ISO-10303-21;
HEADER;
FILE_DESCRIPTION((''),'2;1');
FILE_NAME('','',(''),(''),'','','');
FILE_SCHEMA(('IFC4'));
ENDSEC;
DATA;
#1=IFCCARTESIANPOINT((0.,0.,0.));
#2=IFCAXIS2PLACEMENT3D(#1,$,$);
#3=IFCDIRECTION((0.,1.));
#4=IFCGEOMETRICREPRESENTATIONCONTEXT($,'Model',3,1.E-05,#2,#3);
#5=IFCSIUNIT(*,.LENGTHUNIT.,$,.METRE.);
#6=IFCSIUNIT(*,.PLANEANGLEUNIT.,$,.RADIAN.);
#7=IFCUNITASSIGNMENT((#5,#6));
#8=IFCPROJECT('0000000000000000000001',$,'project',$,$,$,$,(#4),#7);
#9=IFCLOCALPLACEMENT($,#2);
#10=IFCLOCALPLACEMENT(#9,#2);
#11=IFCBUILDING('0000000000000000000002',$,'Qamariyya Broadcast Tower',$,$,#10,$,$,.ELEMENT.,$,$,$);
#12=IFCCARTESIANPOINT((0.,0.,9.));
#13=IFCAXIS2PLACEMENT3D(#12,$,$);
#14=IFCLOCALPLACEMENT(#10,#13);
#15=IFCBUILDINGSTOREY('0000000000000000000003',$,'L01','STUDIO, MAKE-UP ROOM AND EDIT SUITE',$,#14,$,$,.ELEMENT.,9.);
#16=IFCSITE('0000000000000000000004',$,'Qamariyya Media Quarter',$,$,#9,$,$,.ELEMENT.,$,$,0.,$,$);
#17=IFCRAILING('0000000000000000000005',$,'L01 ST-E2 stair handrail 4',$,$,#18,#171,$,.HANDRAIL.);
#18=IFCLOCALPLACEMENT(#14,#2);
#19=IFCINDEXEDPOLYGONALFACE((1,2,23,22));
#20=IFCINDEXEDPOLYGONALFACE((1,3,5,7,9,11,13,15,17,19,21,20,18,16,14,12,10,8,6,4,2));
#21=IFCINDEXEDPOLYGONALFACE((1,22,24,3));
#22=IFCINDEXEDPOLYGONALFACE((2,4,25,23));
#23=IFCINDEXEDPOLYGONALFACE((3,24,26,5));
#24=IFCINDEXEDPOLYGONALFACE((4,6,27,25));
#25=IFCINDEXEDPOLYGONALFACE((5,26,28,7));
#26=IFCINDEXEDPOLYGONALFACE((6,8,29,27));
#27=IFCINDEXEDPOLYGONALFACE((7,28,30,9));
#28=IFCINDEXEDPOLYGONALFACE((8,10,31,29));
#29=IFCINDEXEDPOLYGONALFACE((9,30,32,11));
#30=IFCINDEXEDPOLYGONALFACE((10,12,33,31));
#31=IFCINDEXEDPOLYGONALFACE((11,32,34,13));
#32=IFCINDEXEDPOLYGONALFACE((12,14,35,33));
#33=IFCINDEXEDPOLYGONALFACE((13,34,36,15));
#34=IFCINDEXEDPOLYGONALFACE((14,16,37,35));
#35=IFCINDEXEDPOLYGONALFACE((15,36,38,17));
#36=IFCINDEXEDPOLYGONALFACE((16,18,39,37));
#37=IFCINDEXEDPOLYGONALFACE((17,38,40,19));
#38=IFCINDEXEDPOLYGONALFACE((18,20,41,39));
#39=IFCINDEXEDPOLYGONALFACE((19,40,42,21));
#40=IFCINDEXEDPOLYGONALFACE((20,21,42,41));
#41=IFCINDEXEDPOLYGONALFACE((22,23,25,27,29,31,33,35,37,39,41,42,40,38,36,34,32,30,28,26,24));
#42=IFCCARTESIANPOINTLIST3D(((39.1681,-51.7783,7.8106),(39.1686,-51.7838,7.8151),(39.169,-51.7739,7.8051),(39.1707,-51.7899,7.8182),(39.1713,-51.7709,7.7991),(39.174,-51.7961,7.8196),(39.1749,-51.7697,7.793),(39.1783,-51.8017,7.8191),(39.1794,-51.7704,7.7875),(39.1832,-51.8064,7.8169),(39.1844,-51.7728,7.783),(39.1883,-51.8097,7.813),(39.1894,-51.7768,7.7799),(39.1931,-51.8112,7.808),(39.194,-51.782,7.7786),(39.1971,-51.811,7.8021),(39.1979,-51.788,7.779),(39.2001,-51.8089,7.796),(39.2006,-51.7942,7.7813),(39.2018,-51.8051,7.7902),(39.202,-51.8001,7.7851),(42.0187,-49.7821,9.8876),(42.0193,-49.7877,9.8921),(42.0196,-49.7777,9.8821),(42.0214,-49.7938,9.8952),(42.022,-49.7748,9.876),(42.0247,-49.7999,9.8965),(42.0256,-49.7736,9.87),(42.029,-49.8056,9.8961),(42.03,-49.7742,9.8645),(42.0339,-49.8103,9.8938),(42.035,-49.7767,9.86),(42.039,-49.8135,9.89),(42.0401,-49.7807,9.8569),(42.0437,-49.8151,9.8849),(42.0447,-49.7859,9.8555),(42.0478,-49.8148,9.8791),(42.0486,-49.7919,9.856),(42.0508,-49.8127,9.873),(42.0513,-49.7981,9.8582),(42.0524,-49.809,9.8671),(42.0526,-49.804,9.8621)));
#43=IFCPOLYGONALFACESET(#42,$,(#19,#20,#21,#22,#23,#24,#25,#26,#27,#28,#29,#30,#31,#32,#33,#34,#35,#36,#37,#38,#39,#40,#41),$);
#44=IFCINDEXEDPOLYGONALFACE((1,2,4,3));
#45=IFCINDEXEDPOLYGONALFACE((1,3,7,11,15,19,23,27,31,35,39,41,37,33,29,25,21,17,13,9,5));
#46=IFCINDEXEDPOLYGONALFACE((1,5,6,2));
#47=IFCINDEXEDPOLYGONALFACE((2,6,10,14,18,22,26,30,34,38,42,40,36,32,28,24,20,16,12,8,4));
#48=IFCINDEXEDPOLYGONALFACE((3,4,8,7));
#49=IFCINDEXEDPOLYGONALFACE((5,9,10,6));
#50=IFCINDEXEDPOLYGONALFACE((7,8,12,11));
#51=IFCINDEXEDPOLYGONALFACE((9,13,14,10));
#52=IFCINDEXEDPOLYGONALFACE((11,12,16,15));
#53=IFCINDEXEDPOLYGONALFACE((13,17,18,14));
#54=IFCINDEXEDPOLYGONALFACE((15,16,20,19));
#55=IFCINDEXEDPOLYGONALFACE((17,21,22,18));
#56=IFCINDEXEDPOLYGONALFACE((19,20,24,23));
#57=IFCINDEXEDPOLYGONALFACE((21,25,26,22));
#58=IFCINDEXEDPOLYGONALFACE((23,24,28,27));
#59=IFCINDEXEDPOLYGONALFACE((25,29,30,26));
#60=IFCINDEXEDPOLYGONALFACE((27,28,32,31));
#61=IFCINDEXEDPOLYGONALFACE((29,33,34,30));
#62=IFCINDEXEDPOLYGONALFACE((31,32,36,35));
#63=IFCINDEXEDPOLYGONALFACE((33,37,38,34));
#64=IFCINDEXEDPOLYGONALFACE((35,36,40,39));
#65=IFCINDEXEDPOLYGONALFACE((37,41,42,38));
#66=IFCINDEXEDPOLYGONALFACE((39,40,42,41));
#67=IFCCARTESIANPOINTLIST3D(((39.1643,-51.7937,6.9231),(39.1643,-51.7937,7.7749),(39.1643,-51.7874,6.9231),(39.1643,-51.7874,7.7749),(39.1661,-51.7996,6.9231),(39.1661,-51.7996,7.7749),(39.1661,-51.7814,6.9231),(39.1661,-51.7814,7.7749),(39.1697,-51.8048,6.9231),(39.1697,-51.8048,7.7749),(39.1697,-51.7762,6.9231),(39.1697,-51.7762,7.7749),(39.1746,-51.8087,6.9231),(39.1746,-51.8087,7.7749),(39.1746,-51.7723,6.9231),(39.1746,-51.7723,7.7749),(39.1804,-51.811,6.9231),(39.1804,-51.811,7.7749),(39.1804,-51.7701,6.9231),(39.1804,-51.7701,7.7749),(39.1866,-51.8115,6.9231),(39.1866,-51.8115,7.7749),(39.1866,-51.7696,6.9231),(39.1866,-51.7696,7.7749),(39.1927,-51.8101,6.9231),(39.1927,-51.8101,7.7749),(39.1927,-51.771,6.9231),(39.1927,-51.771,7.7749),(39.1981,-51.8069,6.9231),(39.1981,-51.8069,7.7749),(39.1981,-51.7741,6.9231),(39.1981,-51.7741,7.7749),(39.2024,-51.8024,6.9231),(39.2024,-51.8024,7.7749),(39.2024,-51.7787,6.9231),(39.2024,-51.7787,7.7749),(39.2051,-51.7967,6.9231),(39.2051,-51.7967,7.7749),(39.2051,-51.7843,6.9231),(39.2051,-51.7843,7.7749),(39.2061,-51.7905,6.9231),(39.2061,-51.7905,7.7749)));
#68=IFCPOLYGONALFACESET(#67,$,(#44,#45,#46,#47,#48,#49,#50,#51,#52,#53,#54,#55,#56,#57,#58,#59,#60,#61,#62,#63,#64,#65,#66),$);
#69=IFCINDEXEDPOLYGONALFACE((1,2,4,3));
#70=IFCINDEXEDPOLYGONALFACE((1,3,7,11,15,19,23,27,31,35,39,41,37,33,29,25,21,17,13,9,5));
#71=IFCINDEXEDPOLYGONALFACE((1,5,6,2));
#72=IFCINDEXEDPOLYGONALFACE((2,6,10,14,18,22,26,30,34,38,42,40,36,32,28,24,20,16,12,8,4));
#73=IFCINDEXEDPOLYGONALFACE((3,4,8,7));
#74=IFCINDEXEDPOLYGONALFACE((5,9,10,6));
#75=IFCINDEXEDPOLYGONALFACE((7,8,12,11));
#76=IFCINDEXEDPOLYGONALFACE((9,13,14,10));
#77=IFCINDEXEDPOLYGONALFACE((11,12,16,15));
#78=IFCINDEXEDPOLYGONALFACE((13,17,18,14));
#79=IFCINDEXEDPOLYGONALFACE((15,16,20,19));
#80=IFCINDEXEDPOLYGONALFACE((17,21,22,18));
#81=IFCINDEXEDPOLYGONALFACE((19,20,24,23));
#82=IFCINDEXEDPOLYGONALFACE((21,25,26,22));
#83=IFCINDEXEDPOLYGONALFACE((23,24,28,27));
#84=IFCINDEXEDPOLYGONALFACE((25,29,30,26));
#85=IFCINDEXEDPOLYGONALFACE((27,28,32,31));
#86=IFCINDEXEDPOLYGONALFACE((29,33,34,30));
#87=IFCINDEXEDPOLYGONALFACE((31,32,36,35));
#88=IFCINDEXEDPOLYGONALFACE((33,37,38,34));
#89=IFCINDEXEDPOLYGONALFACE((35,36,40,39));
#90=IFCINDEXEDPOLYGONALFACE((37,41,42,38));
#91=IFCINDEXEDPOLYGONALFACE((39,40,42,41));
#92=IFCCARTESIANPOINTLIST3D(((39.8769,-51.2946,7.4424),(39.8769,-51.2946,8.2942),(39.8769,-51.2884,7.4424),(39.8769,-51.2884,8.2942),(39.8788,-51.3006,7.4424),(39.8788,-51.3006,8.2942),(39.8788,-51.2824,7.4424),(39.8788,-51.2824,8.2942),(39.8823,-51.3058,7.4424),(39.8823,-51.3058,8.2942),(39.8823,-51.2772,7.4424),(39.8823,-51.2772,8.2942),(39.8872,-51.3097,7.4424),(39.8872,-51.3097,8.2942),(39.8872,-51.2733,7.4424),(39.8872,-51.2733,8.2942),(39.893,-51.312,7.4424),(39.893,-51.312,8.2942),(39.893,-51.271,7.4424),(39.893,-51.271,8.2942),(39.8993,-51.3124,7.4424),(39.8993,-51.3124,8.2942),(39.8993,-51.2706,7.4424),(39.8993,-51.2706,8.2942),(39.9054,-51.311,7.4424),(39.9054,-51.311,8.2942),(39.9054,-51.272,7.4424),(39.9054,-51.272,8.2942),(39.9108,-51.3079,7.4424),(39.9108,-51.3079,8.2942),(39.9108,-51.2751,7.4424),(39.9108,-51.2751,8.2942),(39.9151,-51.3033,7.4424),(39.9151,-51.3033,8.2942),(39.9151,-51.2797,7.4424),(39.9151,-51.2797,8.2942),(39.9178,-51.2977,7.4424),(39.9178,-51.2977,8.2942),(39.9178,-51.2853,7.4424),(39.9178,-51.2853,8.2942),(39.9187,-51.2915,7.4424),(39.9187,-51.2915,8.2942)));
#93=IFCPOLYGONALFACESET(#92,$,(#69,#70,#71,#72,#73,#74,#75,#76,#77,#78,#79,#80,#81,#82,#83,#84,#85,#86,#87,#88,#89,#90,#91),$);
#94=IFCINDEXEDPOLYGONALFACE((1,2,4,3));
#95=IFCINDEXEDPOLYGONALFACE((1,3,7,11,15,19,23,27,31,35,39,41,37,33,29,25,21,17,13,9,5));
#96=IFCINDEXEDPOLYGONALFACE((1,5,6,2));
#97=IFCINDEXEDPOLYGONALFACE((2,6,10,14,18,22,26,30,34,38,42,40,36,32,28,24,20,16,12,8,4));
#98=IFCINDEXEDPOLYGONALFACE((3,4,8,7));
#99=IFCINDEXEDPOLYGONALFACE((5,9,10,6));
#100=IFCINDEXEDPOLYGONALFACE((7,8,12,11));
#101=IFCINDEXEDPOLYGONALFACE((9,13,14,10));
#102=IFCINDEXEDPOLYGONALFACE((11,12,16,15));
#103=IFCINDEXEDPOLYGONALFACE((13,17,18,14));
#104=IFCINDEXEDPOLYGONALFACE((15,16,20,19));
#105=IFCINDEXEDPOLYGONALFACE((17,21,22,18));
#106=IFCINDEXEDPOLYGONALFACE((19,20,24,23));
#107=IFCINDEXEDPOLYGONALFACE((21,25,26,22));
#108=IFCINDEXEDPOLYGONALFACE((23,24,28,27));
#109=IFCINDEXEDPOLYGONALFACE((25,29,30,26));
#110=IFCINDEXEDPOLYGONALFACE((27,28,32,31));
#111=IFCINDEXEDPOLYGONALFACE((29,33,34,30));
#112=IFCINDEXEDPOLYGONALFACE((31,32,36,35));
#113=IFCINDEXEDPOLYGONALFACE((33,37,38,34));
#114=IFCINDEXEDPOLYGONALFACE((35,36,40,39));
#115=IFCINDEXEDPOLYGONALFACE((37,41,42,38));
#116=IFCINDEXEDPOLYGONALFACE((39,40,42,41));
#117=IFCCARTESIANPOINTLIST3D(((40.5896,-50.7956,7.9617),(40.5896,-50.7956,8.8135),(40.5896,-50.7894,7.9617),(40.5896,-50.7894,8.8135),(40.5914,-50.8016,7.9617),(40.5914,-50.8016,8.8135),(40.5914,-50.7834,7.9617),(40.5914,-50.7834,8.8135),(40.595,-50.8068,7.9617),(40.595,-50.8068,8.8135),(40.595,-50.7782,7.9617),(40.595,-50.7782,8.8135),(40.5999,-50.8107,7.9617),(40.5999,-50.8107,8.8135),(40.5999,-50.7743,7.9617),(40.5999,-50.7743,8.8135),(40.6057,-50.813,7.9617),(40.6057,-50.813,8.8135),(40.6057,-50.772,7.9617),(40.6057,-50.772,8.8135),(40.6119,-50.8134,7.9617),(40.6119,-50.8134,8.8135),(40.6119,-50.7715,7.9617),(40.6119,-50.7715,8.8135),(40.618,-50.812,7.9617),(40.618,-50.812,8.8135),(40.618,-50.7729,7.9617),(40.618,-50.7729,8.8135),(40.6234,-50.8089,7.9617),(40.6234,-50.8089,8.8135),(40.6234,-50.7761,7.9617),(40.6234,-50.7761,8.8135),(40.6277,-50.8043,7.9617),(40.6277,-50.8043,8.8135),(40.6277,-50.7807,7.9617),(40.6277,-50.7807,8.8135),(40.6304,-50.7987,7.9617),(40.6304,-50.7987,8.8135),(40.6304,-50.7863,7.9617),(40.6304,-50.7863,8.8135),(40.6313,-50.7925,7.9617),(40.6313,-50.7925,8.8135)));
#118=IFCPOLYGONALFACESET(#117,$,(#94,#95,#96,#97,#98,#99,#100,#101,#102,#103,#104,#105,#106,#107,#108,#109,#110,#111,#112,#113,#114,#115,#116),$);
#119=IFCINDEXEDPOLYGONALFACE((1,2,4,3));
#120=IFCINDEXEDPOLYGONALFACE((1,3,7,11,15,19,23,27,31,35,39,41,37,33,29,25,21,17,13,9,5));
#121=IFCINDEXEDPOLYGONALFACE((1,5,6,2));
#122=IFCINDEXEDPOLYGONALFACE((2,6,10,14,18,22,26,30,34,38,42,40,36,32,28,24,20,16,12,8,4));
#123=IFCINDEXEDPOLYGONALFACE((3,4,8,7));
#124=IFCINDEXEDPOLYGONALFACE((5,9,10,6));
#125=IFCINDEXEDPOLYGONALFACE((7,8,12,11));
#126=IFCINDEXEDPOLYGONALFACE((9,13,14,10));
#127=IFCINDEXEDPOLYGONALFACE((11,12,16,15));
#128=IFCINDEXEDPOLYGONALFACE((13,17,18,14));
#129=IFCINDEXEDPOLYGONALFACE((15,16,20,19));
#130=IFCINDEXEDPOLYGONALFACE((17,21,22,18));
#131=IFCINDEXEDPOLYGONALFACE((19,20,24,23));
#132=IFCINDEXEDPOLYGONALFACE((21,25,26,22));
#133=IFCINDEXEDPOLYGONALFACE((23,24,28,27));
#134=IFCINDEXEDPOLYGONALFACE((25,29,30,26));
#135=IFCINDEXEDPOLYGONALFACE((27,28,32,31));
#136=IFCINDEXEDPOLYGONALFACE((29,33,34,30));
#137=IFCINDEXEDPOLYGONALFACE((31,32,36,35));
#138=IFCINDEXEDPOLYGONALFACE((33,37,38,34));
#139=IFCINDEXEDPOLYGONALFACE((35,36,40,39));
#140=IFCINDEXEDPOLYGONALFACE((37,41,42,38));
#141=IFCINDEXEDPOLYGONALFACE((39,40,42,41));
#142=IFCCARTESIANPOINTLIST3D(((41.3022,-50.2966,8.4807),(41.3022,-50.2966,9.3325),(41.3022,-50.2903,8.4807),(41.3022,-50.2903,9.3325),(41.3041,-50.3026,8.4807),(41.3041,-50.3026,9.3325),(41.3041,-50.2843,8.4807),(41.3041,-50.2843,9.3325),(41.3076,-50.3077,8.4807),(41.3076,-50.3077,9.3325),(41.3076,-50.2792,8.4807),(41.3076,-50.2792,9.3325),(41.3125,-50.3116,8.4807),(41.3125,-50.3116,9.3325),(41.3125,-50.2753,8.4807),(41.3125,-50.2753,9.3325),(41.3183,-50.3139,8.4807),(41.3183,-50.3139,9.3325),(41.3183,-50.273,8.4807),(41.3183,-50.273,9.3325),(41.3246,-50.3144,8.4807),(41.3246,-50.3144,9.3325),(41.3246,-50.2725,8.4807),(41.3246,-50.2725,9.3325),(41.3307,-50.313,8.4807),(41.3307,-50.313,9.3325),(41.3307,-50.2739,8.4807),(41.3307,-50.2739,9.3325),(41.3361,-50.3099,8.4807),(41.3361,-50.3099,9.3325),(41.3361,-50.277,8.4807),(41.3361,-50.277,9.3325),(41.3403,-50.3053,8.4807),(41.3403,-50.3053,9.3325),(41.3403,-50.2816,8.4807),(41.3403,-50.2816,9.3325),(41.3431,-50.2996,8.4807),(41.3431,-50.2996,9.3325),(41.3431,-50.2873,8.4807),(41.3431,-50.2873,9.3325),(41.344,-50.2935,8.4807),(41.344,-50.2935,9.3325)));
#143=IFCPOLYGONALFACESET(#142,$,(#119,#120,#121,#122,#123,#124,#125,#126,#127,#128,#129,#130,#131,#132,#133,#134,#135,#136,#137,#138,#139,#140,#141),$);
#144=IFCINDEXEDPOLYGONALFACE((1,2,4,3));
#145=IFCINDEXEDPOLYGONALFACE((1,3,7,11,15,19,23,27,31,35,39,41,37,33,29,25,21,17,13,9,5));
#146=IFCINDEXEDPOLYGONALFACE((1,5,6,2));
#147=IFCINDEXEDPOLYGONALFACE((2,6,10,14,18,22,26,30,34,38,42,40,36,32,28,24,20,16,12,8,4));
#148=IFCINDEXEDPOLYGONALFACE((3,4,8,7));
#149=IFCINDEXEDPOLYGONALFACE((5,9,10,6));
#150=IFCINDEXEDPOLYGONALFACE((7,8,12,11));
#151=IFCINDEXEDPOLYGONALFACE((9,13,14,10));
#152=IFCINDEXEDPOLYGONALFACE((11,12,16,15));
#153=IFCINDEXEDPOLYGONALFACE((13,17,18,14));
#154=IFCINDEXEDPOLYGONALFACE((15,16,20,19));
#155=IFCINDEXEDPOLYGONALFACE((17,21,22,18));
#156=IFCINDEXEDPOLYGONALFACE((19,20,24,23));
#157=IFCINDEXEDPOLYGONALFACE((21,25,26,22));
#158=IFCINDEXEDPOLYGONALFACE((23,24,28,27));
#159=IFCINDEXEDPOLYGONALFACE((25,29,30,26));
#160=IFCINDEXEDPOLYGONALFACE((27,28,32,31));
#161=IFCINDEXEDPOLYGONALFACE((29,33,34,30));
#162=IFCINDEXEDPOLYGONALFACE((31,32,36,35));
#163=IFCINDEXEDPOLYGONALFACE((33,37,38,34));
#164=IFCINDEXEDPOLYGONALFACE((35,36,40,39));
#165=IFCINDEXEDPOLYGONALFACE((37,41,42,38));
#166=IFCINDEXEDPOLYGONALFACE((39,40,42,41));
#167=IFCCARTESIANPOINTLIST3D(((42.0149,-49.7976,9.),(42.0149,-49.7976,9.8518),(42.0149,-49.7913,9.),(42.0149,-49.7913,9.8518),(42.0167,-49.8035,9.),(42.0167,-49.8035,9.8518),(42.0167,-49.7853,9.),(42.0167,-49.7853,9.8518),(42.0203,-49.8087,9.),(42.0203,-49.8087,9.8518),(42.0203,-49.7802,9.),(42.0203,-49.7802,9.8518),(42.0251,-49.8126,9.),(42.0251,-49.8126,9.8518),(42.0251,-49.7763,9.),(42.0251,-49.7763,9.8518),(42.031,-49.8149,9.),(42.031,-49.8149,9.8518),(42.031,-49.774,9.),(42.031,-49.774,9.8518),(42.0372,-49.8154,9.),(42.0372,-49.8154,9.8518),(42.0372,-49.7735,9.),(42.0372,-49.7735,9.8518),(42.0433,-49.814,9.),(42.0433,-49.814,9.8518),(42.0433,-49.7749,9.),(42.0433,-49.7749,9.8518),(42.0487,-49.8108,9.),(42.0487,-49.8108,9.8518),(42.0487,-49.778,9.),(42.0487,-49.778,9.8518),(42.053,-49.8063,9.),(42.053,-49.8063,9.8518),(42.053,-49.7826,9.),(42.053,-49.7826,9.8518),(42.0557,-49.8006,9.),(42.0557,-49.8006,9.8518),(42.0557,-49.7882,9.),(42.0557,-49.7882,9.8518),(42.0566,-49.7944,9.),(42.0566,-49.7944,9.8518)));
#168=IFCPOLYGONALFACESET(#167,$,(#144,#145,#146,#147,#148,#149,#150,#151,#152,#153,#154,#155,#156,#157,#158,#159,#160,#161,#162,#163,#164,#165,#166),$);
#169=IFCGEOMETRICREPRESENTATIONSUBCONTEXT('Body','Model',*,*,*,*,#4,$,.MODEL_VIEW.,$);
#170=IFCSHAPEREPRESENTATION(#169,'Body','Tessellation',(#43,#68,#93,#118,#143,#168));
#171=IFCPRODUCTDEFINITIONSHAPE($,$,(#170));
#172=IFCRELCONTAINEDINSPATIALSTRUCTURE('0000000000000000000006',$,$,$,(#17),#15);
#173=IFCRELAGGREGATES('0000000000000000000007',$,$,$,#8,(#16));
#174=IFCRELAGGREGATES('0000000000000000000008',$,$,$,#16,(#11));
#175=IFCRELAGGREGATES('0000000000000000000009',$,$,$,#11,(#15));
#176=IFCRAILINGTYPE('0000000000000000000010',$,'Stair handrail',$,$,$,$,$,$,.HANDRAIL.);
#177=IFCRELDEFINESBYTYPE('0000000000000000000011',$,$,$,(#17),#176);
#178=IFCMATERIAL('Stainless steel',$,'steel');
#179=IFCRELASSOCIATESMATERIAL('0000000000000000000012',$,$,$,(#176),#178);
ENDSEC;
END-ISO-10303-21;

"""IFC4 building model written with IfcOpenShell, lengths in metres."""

from ifc_helpers import new_model, si_unit, direction, frame, origin, origin_2d, place, context, subcontext, project, spatial, circle, extrude, material, type_object, element, save


model = new_model("IFC4")

# Units and contexts
model_context = context("Model", 3, precision=1e-05, world=origin(), true_north=direction((0.0, 1.0)))
body_context = subcontext(model_context, "Body", "Model", "MODEL_VIEW")
ifc_project = project(units=[si_unit("LENGTHUNIT", "METRE"), si_unit("PLANEANGLEUNIT", "RADIAN")], contexts=[model_context])

# Site, building, storey
site_placement = place(None, origin())
site = spatial("IfcSite", under=ifc_project, at=site_placement, Name="Qamariyya Media Quarter", CompositionType="ELEMENT", RefElevation=0.0)
building_placement = place(site_placement, origin())
building = spatial("IfcBuilding", under=site, at=building_placement, Name="Qamariyya Broadcast Tower", CompositionType="ELEMENT")
storey_placement = place(building_placement, frame((0.0, 0.0, 9.0)))
storey = spatial("IfcBuildingStorey", under=building, at=storey_placement, Name="L01", Description="STUDIO, MAKE-UP ROOM AND EDIT SUITE", CompositionType="ELEMENT", Elevation=9.0)

# Railing
ifc_material_1 = material(Name="Stainless steel", Category="steel")
railing_type_1 = type_object("IfcRailingType", Name="Stair handrail", PredefinedType="HANDRAIL", material=ifc_material_1)
for number, where, name in (
    (1, (39.1851, -51.7905, 6.9231), "L01 ST-E2 stair handrail 4"),
):
    element("IfcRailing", number, at=place(storey_placement, frame(where)), inside=storey, type_object=railing_type_1, Name=name, PredefinedType="HANDRAIL", context=body_context, shape_type="SweptSolid", body=[
        extrude(circle(Radius=0.0239, at=origin_2d()), frame((0.0, 0.0, 0.876), z_axis=(0.703393, 0.492544, 0.512484), x_axis=(-0.573594, 0.81914, 0.0)), (0.0, 0.0, 1.0), 4.0527),
        extrude(circle(Radius=0.021, at=origin_2d()), origin(), (0.0, 0.0, 1.0), 0.8518),
        extrude(circle(Radius=0.021, at=origin_2d()), frame((0.7126, 0.499, 0.5193)), (0.0, 0.0, 1.0), 0.8518),
        extrude(circle(Radius=0.021, at=origin_2d()), frame((1.4253, 0.998, 1.0386)), (0.0, 0.0, 1.0), 0.8518),
        extrude(circle(Radius=0.021, at=origin_2d()), frame((2.1379, 1.4971, 1.5576)), (0.0, 0.0, 1.0), 0.8518),
        extrude(circle(Radius=0.021, at=origin_2d()), frame((2.8506, 1.9961, 2.0769)), (0.0, 0.0, 1.0), 0.8518),
    ])

save(model, "model.ifc")
